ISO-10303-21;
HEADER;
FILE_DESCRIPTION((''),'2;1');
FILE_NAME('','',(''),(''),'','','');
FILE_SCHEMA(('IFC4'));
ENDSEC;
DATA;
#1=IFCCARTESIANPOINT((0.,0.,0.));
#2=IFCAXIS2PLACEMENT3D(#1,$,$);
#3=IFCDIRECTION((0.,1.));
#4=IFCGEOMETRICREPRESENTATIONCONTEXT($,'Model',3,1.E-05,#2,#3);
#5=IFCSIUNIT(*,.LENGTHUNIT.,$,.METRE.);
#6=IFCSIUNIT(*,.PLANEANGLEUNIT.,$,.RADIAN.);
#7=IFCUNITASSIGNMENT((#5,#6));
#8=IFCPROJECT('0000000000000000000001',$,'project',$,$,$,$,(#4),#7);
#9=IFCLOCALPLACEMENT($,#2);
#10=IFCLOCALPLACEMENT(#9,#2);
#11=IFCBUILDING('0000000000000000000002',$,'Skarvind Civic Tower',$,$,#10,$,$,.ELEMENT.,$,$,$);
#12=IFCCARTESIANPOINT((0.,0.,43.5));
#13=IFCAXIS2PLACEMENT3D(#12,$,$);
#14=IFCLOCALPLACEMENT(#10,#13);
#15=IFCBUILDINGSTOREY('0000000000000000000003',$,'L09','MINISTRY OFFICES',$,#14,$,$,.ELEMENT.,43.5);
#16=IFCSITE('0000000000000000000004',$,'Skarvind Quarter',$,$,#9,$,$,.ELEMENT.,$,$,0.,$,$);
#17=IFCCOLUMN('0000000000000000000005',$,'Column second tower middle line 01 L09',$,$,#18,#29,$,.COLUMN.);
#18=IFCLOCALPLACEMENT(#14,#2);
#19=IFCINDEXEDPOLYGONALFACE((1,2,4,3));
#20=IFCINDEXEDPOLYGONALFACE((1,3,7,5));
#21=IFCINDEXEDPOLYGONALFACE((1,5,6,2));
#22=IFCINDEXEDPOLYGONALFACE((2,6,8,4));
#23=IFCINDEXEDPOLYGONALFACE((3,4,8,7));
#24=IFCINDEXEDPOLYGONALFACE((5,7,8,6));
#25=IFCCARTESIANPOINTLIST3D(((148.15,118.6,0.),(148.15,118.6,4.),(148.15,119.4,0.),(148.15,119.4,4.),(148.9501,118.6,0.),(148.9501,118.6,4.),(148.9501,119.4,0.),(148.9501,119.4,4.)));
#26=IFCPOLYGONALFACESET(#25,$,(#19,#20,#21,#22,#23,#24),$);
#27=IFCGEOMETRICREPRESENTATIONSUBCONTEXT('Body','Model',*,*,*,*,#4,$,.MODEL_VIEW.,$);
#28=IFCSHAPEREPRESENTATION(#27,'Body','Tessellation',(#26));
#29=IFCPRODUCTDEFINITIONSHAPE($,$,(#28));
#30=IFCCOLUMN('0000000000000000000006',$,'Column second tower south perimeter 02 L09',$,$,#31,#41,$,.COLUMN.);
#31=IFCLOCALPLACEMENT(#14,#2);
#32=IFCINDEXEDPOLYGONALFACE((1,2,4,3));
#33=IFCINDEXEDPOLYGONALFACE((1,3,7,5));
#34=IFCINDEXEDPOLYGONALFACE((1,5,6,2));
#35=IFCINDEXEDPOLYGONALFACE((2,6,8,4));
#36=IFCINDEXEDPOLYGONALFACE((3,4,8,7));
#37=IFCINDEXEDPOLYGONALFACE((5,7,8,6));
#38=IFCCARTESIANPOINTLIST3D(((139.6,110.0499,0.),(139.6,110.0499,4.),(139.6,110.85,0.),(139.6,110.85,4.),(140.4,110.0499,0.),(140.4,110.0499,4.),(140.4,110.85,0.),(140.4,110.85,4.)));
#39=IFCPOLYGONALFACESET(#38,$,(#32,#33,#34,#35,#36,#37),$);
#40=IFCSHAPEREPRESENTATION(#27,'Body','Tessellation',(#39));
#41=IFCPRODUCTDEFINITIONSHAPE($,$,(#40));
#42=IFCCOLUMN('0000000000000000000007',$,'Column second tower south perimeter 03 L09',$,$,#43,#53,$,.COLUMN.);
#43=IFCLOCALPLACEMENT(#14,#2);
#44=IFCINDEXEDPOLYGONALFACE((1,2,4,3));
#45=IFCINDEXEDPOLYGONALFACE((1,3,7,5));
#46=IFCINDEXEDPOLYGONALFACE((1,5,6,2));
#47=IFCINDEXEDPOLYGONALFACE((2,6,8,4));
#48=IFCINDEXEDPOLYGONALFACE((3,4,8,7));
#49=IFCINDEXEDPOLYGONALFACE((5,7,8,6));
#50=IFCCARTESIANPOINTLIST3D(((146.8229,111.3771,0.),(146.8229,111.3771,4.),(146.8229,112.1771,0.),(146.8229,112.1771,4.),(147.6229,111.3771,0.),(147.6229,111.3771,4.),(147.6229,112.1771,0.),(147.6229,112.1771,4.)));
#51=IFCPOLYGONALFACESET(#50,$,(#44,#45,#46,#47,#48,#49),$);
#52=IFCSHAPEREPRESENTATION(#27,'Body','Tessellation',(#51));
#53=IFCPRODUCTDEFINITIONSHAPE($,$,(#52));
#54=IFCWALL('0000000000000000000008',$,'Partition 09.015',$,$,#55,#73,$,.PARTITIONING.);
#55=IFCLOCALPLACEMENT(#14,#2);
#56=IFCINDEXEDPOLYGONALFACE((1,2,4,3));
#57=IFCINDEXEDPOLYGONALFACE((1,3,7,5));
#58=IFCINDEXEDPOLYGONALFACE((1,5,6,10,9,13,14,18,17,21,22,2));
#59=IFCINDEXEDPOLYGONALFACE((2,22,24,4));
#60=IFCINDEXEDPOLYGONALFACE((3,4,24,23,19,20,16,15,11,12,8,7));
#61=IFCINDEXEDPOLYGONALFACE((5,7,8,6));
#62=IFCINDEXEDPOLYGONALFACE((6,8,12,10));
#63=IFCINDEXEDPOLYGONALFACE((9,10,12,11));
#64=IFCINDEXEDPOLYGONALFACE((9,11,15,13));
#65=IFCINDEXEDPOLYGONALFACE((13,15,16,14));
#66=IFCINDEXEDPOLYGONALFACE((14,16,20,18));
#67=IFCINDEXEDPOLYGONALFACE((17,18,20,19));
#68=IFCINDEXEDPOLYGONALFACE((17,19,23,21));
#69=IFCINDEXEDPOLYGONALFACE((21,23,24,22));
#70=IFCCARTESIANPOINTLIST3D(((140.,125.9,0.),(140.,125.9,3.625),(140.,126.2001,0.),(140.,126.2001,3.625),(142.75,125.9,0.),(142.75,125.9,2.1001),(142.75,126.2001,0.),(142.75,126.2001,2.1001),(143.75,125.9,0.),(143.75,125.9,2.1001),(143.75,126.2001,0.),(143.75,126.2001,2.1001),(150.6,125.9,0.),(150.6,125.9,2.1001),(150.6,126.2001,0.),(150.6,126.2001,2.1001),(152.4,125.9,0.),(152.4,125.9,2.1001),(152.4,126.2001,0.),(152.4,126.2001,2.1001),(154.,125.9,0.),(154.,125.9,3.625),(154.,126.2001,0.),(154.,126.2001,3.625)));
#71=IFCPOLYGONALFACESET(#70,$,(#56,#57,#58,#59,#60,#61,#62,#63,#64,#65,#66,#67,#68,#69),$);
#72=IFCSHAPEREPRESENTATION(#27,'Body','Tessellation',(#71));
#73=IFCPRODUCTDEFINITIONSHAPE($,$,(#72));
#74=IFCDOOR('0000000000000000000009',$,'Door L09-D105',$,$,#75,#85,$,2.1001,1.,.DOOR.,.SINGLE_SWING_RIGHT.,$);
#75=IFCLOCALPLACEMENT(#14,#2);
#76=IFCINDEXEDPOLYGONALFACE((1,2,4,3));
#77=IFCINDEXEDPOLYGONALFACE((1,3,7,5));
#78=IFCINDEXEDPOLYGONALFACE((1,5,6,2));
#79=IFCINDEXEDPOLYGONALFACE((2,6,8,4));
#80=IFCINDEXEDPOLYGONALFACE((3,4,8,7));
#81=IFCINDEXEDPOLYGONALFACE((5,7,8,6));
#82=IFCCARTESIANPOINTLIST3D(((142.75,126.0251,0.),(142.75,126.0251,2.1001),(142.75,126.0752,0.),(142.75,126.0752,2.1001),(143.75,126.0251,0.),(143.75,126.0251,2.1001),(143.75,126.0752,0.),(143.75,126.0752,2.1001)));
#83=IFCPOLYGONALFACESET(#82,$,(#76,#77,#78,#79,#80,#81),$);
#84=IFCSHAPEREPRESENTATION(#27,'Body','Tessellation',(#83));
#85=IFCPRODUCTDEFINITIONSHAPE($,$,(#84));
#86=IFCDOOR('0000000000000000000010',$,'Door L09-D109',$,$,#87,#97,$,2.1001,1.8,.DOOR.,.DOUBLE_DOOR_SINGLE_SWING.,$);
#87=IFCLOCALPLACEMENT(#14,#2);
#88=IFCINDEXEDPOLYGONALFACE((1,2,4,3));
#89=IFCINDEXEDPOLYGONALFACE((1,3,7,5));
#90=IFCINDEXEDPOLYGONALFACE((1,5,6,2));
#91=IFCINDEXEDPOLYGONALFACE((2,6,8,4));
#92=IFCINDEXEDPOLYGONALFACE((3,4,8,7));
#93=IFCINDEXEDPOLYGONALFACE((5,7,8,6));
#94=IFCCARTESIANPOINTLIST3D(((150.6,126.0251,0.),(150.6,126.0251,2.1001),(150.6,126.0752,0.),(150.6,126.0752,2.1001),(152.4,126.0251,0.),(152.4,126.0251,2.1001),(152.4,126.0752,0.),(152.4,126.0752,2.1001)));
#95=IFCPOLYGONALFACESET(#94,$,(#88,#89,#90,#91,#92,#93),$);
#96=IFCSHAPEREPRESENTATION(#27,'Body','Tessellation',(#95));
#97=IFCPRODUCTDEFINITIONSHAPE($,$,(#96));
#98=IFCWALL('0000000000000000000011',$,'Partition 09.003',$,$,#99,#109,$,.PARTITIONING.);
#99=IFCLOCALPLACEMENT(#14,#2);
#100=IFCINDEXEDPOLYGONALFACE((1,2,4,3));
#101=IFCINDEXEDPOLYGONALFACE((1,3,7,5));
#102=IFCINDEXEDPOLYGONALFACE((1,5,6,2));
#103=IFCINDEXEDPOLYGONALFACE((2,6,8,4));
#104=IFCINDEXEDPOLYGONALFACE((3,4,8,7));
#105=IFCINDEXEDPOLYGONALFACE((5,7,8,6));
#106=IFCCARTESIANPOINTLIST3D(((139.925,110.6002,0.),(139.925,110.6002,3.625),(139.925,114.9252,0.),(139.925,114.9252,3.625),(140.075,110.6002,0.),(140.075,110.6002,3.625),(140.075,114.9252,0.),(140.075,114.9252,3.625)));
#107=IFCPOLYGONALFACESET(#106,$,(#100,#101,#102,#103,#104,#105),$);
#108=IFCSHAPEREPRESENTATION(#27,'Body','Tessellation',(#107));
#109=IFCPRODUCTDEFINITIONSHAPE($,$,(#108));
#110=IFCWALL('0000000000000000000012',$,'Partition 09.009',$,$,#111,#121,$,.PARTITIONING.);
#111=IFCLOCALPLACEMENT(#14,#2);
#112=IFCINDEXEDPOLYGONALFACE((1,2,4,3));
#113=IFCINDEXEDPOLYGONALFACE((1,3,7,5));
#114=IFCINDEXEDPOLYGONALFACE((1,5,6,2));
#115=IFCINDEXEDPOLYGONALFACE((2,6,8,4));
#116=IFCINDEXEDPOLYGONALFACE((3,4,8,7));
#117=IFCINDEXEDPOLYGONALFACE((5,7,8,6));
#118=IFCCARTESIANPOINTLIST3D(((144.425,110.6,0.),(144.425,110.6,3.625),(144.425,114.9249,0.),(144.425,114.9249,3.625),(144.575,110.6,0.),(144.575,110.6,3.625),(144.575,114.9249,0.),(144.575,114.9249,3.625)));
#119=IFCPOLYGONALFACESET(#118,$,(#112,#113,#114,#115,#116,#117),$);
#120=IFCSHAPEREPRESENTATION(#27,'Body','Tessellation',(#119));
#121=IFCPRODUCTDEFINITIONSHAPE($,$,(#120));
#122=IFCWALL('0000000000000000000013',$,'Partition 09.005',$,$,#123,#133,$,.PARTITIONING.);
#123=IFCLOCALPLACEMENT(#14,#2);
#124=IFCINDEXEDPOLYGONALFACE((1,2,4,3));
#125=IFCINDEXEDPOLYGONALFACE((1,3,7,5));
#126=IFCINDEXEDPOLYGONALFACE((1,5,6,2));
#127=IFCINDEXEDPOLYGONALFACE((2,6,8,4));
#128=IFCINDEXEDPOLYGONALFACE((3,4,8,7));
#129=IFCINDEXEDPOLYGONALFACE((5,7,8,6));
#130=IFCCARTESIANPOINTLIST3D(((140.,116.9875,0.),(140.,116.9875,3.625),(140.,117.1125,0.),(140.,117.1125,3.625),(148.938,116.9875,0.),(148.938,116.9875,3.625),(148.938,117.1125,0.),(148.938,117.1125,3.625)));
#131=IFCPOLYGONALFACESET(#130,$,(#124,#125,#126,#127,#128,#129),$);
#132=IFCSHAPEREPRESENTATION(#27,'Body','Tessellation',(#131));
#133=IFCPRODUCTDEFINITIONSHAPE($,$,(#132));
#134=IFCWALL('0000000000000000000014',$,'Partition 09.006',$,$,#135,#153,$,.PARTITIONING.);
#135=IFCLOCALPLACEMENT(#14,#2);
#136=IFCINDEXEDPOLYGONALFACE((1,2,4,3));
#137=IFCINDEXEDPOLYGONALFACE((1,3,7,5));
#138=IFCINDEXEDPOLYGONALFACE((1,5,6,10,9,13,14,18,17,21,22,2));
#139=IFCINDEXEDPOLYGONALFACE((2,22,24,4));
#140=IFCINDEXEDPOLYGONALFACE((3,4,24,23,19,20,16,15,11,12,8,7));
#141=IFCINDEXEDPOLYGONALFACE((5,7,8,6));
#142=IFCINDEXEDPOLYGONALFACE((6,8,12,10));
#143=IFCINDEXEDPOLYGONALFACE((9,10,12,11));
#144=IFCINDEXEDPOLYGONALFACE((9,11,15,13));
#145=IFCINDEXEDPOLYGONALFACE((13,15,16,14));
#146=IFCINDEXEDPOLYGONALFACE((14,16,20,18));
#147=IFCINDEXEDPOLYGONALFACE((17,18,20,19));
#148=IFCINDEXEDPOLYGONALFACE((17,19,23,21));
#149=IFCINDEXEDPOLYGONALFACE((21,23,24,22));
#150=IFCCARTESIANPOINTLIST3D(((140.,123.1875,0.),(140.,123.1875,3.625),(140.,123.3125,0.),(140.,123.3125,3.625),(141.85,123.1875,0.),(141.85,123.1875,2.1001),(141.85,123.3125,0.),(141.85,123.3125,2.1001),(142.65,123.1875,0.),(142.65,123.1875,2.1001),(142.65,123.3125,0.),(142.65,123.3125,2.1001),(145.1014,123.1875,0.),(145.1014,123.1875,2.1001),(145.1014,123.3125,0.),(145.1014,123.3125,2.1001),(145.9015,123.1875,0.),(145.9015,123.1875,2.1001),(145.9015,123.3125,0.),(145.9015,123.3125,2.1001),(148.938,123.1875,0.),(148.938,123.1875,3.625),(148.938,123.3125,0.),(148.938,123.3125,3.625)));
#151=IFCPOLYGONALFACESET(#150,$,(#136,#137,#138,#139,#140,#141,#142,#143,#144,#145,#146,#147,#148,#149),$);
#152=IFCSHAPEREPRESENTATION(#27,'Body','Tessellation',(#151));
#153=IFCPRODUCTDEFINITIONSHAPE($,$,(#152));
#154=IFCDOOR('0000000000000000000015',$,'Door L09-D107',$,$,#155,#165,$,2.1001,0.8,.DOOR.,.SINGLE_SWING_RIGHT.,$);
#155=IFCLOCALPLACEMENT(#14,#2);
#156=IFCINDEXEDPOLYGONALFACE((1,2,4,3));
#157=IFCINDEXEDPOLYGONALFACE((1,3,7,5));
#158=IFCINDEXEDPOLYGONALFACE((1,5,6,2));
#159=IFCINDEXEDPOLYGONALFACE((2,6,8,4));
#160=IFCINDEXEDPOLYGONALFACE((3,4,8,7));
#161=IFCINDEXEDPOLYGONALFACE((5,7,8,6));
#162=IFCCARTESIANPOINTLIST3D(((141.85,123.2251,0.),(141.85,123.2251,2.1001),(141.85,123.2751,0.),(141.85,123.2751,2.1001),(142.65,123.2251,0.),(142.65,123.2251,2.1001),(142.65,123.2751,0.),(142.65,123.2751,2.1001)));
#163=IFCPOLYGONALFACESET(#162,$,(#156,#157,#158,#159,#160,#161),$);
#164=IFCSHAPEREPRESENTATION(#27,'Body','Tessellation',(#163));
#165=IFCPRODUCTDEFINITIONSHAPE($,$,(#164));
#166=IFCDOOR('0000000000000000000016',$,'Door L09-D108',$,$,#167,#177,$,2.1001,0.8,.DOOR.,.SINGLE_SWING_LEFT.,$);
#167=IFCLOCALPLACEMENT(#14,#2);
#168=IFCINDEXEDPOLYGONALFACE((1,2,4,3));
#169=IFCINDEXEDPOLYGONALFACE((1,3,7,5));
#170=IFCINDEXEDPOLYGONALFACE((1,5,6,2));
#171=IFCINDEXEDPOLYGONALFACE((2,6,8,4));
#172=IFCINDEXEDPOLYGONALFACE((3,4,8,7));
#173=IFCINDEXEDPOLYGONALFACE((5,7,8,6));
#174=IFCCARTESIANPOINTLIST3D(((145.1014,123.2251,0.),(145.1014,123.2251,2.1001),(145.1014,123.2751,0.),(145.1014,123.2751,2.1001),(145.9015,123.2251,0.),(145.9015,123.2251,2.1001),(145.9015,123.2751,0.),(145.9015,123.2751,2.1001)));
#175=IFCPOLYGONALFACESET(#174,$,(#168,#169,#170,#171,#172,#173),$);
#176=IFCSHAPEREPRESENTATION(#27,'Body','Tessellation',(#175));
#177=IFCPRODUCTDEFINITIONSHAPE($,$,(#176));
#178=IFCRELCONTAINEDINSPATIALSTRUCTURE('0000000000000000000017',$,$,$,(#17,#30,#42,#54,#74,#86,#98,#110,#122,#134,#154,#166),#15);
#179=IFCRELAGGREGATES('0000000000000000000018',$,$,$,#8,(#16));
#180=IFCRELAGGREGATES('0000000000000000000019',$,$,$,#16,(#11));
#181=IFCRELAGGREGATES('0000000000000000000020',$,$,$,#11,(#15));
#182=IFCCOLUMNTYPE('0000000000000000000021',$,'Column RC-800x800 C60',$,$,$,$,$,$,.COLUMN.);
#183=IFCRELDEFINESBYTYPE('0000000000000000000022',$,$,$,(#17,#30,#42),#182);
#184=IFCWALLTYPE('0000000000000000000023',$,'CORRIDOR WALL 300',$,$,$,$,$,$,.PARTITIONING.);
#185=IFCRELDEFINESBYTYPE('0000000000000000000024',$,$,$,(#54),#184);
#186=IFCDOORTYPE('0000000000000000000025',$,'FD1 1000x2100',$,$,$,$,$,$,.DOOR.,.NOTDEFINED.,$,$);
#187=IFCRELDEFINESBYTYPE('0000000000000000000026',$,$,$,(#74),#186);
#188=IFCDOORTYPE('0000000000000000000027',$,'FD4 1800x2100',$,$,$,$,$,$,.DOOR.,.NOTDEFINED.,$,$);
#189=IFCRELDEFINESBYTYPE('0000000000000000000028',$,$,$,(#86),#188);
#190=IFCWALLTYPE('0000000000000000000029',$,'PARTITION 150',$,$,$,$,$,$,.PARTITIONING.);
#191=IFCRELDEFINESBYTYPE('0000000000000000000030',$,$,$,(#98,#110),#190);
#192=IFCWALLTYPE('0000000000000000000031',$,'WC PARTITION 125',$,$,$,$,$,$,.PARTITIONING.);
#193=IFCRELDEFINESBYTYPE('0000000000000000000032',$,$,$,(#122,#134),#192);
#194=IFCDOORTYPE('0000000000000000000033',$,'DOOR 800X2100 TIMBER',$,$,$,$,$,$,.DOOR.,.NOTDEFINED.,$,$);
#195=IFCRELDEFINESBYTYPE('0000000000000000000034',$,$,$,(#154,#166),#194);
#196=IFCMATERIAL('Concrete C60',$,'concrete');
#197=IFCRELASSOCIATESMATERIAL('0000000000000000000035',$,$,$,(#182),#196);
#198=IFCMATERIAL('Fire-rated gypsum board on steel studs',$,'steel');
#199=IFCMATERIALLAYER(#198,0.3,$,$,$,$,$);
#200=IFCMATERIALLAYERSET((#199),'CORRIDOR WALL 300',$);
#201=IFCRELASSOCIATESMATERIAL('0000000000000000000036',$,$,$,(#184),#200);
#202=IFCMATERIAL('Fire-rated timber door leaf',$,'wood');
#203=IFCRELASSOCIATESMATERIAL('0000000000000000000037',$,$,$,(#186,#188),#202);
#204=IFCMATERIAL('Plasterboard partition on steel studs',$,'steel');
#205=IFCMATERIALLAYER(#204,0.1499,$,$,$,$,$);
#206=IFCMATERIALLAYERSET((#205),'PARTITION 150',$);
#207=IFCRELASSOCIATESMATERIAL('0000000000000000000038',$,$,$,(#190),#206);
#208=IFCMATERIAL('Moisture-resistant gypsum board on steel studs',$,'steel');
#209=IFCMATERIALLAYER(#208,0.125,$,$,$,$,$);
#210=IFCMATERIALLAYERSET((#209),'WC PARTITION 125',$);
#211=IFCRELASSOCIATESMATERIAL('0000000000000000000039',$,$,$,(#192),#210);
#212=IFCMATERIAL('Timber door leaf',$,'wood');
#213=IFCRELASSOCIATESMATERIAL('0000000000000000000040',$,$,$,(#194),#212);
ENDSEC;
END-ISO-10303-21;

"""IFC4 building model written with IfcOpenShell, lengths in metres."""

from ifc_helpers import new_model, si_unit, direction, frame, frame_2d, origin, origin_2d, place, context, subcontext, project, spatial, rectangle, extrude, material, layer, layer_set, material_profile, profile_set, type_object, element, fill, save


model = new_model("IFC4")

# Units and contexts
model_context = context("Model", 3, precision=1e-05, world=origin(), true_north=direction((0.0, 1.0)))
body_context = subcontext(model_context, "Body", "Model", "MODEL_VIEW")
ifc_project = project(units=[si_unit("LENGTHUNIT", "METRE"), si_unit("PLANEANGLEUNIT", "RADIAN")], contexts=[model_context])

# Site, building, storey
site_placement = place(None, origin())
site = spatial("IfcSite", under=ifc_project, at=site_placement, Name="Skarvind Quarter", CompositionType="ELEMENT", RefElevation=0.0)
building_placement = place(site_placement, origin())
building = spatial("IfcBuilding", under=site, at=building_placement, Name="Skarvind Civic Tower", CompositionType="ELEMENT")
storey_placement = place(building_placement, frame((0.0, 0.0, 43.5)))
storey = spatial("IfcBuildingStorey", under=building, at=storey_placement, Name="L09", Description="MINISTRY OFFICES", CompositionType="ELEMENT", Elevation=43.5)

# Columns
ifc_material_1 = material(Name="Concrete C60", Category="concrete")
ifc_material_profile = material_profile(ifc_material_1, rectangle(XDim=0.8, YDim=0.8, at=origin_2d()), Name="RC-800x800")
ifc_profile_set = profile_set([ifc_material_profile], Name="Concrete C60")
column_type = type_object("IfcColumnType", Name="Column RC-800x800 C60", PredefinedType="COLUMN", material=ifc_profile_set)
for number, where, z_axis, x_axis, name in (
    (1, (148.55, 119.0, 0.0), (0.0, 0.0, 1.0), (1.0, 0.0, 0.0), "Column second tower middle line 01 L09"),
    (2, (140.0, 110.45, 0.0), (0.0, 0.0, 1.0), (1.0, 0.0, 0.0), "Column second tower south perimeter 02 L09"),
    (3, (147.2229, 111.7771, 0.0), (0.0, 0.0, 1.0), (1.0, 0.0, 0.0), "Column second tower south perimeter 03 L09"),
):
    element("IfcColumn", number, at=place(storey_placement, frame(where, z_axis=z_axis, x_axis=x_axis)), inside=storey, type_object=column_type, Name=name, PredefinedType="COLUMN", context=body_context, shape_type="SweptSolid", body=[
        extrude(rectangle(XDim=0.8, YDim=0.8, at=origin_2d()), origin(), (0.0, 0.0, 1.0), 4.0),
    ])

# Wall, openings, doors
ifc_material_2 = material(Name="Fire-rated gypsum board on steel studs", Category="steel")
ifc_layer_1 = layer(ifc_material_2, 0.3)
ifc_layer_set_1 = layer_set([ifc_layer_1], Name="CORRIDOR WALL 300")
wall_type_1 = type_object("IfcWallType", Name="CORRIDOR WALL 300", PredefinedType="PARTITIONING", material=ifc_layer_set_1)
wall_1_placement = place(storey_placement, frame((154.0, 126.05, 0.0), z_axis=(0.0, 0.0, 1.0), x_axis=(-1.0, 0.0, 0.0)))
wall_1 = element("IfcWall", 4, at=wall_1_placement, inside=storey, type_object=wall_type_1, Name="Partition 09.015", PredefinedType="PARTITIONING", context=body_context, shape_type="SweptSolid", body=[
    extrude(rectangle(XDim=14.0, YDim=0.3, at=frame_2d((7.0, 0.0))), origin(), (0.0, 0.0, 1.0), 3.625),
])
opening_1_placement = place(wall_1_placement, frame((10.25, 0.0, 0.0)))
opening_1 = element("IfcOpeningElement", 5, at=opening_1_placement, cuts=wall_1, PredefinedType="OPENING", context=body_context, shape_type="SweptSolid", body=[
    extrude(rectangle(XDim=1.0, YDim=2.1001, at=frame_2d((0.5, 1.05))), frame((0.0, 0.1599, 0.0), z_axis=(0.0, -1.0, 0.0), x_axis=(1.0, 0.0, 0.0)), (0.0, 0.0, 1.0), 0.3201),
])
opening_2_placement = place(wall_1_placement, frame((1.6001, 0.0, 0.0)))
opening_2 = element("IfcOpeningElement", 6, at=opening_2_placement, cuts=wall_1, PredefinedType="OPENING", context=body_context, shape_type="SweptSolid", body=[
    extrude(rectangle(XDim=1.8, YDim=2.1001, at=frame_2d((0.8999, 1.05))), frame((0.0, 0.1599, 0.0), z_axis=(0.0, -1.0, 0.0), x_axis=(1.0, 0.0, 0.0)), (0.0, 0.0, 1.0), 0.3201),
])
ifc_material_3 = material(Name="Fire-rated timber door leaf", Category="wood")
door_type_1 = type_object("IfcDoorType", Name="FD1 1000x2100", OperationType="NOTDEFINED", PredefinedType="DOOR", material=ifc_material_3)
door_1_placement = place(opening_1_placement, origin())
door_1 = element("IfcDoor", 7, at=door_1_placement, inside=storey, type_object=door_type_1, Name="Door L09-D105", OperationType="SINGLE_SWING_RIGHT", OverallHeight=2.1001, OverallWidth=1.0, PredefinedType="DOOR", context=body_context, shape_type="SweptSolid", body=[
    extrude(rectangle(XDim=1.0, YDim=2.1001, at=frame_2d((0.5, 1.05))), frame((0.0, 0.0249, 0.0), z_axis=(0.0, -1.0, 0.0), x_axis=(1.0, 0.0, 0.0)), (0.0, 0.0, 1.0), 0.05),
])
fill(opening_1, door_1)
door_type_2 = type_object("IfcDoorType", Name="FD4 1800x2100", OperationType="NOTDEFINED", PredefinedType="DOOR", material=ifc_material_3)
door_2_placement = place(opening_2_placement, origin())
door_2 = element("IfcDoor", 8, at=door_2_placement, inside=storey, type_object=door_type_2, Name="Door L09-D109", OperationType="DOUBLE_DOOR_SINGLE_SWING", OverallHeight=2.1001, OverallWidth=1.8, PredefinedType="DOOR", context=body_context, shape_type="SweptSolid", body=[
    extrude(rectangle(XDim=1.8, YDim=2.1001, at=frame_2d((0.8999, 1.05))), frame((0.0, 0.0249, 0.0), z_axis=(0.0, -1.0, 0.0), x_axis=(1.0, 0.0, 0.0)), (0.0, 0.0, 1.0), 0.05),
])
fill(opening_2, door_2)

# Walls
ifc_material_4 = material(Name="Plasterboard partition on steel studs", Category="steel")
ifc_layer_2 = layer(ifc_material_4, 0.1499)
ifc_layer_set_2 = layer_set([ifc_layer_2], Name="PARTITION 150")
wall_type_2 = type_object("IfcWallType", Name="PARTITION 150", PredefinedType="PARTITIONING", material=ifc_layer_set_2)
for number, where, z_axis, x_axis, name in (
    (9, (140.0, 110.6001, 0.0), (0.0, 0.0, 1.0), (0.0, 1.0, 0.0), "Partition 09.003"),
    (10, (144.5, 114.925, 0.0), (0.0, 0.0, 1.0), (0.0, -1.0, 0.0), "Partition 09.009"),
):
    element("IfcWall", number, at=place(storey_placement, frame(where, z_axis=z_axis, x_axis=x_axis)), inside=storey, type_object=wall_type_2, Name=name, PredefinedType="PARTITIONING", context=body_context, shape_type="SweptSolid", body=[
        extrude(rectangle(XDim=4.325, YDim=0.1499, at=frame_2d((2.1626, 0.0))), origin(), (0.0, 0.0, 1.0), 3.625),
    ])
ifc_material_5 = material(Name="Moisture-resistant gypsum board on steel studs", Category="steel")
ifc_layer_3 = layer(ifc_material_5, 0.125)
ifc_layer_set_3 = layer_set([ifc_layer_3], Name="WC PARTITION 125")
wall_type_3 = type_object("IfcWallType", Name="WC PARTITION 125", PredefinedType="PARTITIONING", material=ifc_layer_set_3)
wall_2_placement = place(storey_placement, frame((140.0, 117.05, 0.0), z_axis=(0.0, 0.0, 1.0), x_axis=(1.0, 0.0, 0.0)))
element("IfcWall", 11, at=wall_2_placement, inside=storey, type_object=wall_type_3, Name="Partition 09.005", PredefinedType="PARTITIONING", context=body_context, shape_type="SweptSolid", body=[
    extrude(rectangle(XDim=8.938, YDim=0.125, at=frame_2d((4.469, 0.0))), origin(), (0.0, 0.0, 1.0), 3.625),
])

# Wall, openings, doors
wall_3_placement = place(storey_placement, frame((148.938, 123.25, 0.0), z_axis=(0.0, 0.0, 1.0), x_axis=(-1.0, 0.0, 0.0)))
wall_3 = element("IfcWall", 12, at=wall_3_placement, inside=storey, type_object=wall_type_3, Name="Partition 09.006", PredefinedType="PARTITIONING", context=body_context, shape_type="SweptSolid", body=[
    extrude(rectangle(XDim=8.938, YDim=0.125, at=frame_2d((4.469, 0.0))), origin(), (0.0, 0.0, 1.0), 3.625),
])
opening_3_placement = place(wall_3_placement, frame((6.2881, 0.0, 0.0)))
opening_3 = element("IfcOpeningElement", 13, at=opening_3_placement, cuts=wall_3, PredefinedType="OPENING", context=body_context, shape_type="SweptSolid", body=[
    extrude(rectangle(XDim=0.8, YDim=2.1001, at=frame_2d((0.3999, 1.05))), frame((0.0, 0.0725, 0.0), z_axis=(0.0, -1.0, 0.0), x_axis=(1.0, 0.0, 0.0)), (0.0, 0.0, 1.0), 0.145),
])
opening_4_placement = place(wall_3_placement, frame((3.0366, 0.0, 0.0)))
opening_4 = element("IfcOpeningElement", 14, at=opening_4_placement, cuts=wall_3, PredefinedType="OPENING", context=body_context, shape_type="SweptSolid", body=[
    extrude(rectangle(XDim=0.8, YDim=2.1001, at=frame_2d((0.3999, 1.05))), frame((0.0, 0.0725, 0.0), z_axis=(0.0, -1.0, 0.0), x_axis=(1.0, 0.0, 0.0)), (0.0, 0.0, 1.0), 0.145),
])
ifc_material_6 = material(Name="Timber door leaf", Category="wood")
door_type_3 = type_object("IfcDoorType", Name="DOOR 800X2100 TIMBER", OperationType="NOTDEFINED", PredefinedType="DOOR", material=ifc_material_6)
door_3_placement = place(opening_3_placement, origin())
door_3 = element("IfcDoor", 15, at=door_3_placement, inside=storey, type_object=door_type_3, Name="Door L09-D107", OperationType="SINGLE_SWING_RIGHT", OverallHeight=2.1001, OverallWidth=0.8, PredefinedType="DOOR", context=body_context, shape_type="SweptSolid", body=[
    extrude(rectangle(XDim=0.8, YDim=2.1001, at=frame_2d((0.3999, 1.05))), frame((0.0, 0.0249, 0.0), z_axis=(0.0, -1.0, 0.0), x_axis=(1.0, 0.0, 0.0)), (0.0, 0.0, 1.0), 0.05),
])
fill(opening_3, door_3)
door_4_placement = place(opening_4_placement, origin())
door_4 = element("IfcDoor", 16, at=door_4_placement, inside=storey, type_object=door_type_3, Name="Door L09-D108", OperationType="SINGLE_SWING_LEFT", OverallHeight=2.1001, OverallWidth=0.8, PredefinedType="DOOR", context=body_context, shape_type="SweptSolid", body=[
    extrude(rectangle(XDim=0.8, YDim=2.1001, at=frame_2d((0.3999, 1.05))), frame((0.0, 0.0249, 0.0), z_axis=(0.0, -1.0, 0.0), x_axis=(1.0, 0.0, 0.0)), (0.0, 0.0, 1.0), 0.05),
])
fill(opening_4, door_4)

save(model, "model.ifc")
